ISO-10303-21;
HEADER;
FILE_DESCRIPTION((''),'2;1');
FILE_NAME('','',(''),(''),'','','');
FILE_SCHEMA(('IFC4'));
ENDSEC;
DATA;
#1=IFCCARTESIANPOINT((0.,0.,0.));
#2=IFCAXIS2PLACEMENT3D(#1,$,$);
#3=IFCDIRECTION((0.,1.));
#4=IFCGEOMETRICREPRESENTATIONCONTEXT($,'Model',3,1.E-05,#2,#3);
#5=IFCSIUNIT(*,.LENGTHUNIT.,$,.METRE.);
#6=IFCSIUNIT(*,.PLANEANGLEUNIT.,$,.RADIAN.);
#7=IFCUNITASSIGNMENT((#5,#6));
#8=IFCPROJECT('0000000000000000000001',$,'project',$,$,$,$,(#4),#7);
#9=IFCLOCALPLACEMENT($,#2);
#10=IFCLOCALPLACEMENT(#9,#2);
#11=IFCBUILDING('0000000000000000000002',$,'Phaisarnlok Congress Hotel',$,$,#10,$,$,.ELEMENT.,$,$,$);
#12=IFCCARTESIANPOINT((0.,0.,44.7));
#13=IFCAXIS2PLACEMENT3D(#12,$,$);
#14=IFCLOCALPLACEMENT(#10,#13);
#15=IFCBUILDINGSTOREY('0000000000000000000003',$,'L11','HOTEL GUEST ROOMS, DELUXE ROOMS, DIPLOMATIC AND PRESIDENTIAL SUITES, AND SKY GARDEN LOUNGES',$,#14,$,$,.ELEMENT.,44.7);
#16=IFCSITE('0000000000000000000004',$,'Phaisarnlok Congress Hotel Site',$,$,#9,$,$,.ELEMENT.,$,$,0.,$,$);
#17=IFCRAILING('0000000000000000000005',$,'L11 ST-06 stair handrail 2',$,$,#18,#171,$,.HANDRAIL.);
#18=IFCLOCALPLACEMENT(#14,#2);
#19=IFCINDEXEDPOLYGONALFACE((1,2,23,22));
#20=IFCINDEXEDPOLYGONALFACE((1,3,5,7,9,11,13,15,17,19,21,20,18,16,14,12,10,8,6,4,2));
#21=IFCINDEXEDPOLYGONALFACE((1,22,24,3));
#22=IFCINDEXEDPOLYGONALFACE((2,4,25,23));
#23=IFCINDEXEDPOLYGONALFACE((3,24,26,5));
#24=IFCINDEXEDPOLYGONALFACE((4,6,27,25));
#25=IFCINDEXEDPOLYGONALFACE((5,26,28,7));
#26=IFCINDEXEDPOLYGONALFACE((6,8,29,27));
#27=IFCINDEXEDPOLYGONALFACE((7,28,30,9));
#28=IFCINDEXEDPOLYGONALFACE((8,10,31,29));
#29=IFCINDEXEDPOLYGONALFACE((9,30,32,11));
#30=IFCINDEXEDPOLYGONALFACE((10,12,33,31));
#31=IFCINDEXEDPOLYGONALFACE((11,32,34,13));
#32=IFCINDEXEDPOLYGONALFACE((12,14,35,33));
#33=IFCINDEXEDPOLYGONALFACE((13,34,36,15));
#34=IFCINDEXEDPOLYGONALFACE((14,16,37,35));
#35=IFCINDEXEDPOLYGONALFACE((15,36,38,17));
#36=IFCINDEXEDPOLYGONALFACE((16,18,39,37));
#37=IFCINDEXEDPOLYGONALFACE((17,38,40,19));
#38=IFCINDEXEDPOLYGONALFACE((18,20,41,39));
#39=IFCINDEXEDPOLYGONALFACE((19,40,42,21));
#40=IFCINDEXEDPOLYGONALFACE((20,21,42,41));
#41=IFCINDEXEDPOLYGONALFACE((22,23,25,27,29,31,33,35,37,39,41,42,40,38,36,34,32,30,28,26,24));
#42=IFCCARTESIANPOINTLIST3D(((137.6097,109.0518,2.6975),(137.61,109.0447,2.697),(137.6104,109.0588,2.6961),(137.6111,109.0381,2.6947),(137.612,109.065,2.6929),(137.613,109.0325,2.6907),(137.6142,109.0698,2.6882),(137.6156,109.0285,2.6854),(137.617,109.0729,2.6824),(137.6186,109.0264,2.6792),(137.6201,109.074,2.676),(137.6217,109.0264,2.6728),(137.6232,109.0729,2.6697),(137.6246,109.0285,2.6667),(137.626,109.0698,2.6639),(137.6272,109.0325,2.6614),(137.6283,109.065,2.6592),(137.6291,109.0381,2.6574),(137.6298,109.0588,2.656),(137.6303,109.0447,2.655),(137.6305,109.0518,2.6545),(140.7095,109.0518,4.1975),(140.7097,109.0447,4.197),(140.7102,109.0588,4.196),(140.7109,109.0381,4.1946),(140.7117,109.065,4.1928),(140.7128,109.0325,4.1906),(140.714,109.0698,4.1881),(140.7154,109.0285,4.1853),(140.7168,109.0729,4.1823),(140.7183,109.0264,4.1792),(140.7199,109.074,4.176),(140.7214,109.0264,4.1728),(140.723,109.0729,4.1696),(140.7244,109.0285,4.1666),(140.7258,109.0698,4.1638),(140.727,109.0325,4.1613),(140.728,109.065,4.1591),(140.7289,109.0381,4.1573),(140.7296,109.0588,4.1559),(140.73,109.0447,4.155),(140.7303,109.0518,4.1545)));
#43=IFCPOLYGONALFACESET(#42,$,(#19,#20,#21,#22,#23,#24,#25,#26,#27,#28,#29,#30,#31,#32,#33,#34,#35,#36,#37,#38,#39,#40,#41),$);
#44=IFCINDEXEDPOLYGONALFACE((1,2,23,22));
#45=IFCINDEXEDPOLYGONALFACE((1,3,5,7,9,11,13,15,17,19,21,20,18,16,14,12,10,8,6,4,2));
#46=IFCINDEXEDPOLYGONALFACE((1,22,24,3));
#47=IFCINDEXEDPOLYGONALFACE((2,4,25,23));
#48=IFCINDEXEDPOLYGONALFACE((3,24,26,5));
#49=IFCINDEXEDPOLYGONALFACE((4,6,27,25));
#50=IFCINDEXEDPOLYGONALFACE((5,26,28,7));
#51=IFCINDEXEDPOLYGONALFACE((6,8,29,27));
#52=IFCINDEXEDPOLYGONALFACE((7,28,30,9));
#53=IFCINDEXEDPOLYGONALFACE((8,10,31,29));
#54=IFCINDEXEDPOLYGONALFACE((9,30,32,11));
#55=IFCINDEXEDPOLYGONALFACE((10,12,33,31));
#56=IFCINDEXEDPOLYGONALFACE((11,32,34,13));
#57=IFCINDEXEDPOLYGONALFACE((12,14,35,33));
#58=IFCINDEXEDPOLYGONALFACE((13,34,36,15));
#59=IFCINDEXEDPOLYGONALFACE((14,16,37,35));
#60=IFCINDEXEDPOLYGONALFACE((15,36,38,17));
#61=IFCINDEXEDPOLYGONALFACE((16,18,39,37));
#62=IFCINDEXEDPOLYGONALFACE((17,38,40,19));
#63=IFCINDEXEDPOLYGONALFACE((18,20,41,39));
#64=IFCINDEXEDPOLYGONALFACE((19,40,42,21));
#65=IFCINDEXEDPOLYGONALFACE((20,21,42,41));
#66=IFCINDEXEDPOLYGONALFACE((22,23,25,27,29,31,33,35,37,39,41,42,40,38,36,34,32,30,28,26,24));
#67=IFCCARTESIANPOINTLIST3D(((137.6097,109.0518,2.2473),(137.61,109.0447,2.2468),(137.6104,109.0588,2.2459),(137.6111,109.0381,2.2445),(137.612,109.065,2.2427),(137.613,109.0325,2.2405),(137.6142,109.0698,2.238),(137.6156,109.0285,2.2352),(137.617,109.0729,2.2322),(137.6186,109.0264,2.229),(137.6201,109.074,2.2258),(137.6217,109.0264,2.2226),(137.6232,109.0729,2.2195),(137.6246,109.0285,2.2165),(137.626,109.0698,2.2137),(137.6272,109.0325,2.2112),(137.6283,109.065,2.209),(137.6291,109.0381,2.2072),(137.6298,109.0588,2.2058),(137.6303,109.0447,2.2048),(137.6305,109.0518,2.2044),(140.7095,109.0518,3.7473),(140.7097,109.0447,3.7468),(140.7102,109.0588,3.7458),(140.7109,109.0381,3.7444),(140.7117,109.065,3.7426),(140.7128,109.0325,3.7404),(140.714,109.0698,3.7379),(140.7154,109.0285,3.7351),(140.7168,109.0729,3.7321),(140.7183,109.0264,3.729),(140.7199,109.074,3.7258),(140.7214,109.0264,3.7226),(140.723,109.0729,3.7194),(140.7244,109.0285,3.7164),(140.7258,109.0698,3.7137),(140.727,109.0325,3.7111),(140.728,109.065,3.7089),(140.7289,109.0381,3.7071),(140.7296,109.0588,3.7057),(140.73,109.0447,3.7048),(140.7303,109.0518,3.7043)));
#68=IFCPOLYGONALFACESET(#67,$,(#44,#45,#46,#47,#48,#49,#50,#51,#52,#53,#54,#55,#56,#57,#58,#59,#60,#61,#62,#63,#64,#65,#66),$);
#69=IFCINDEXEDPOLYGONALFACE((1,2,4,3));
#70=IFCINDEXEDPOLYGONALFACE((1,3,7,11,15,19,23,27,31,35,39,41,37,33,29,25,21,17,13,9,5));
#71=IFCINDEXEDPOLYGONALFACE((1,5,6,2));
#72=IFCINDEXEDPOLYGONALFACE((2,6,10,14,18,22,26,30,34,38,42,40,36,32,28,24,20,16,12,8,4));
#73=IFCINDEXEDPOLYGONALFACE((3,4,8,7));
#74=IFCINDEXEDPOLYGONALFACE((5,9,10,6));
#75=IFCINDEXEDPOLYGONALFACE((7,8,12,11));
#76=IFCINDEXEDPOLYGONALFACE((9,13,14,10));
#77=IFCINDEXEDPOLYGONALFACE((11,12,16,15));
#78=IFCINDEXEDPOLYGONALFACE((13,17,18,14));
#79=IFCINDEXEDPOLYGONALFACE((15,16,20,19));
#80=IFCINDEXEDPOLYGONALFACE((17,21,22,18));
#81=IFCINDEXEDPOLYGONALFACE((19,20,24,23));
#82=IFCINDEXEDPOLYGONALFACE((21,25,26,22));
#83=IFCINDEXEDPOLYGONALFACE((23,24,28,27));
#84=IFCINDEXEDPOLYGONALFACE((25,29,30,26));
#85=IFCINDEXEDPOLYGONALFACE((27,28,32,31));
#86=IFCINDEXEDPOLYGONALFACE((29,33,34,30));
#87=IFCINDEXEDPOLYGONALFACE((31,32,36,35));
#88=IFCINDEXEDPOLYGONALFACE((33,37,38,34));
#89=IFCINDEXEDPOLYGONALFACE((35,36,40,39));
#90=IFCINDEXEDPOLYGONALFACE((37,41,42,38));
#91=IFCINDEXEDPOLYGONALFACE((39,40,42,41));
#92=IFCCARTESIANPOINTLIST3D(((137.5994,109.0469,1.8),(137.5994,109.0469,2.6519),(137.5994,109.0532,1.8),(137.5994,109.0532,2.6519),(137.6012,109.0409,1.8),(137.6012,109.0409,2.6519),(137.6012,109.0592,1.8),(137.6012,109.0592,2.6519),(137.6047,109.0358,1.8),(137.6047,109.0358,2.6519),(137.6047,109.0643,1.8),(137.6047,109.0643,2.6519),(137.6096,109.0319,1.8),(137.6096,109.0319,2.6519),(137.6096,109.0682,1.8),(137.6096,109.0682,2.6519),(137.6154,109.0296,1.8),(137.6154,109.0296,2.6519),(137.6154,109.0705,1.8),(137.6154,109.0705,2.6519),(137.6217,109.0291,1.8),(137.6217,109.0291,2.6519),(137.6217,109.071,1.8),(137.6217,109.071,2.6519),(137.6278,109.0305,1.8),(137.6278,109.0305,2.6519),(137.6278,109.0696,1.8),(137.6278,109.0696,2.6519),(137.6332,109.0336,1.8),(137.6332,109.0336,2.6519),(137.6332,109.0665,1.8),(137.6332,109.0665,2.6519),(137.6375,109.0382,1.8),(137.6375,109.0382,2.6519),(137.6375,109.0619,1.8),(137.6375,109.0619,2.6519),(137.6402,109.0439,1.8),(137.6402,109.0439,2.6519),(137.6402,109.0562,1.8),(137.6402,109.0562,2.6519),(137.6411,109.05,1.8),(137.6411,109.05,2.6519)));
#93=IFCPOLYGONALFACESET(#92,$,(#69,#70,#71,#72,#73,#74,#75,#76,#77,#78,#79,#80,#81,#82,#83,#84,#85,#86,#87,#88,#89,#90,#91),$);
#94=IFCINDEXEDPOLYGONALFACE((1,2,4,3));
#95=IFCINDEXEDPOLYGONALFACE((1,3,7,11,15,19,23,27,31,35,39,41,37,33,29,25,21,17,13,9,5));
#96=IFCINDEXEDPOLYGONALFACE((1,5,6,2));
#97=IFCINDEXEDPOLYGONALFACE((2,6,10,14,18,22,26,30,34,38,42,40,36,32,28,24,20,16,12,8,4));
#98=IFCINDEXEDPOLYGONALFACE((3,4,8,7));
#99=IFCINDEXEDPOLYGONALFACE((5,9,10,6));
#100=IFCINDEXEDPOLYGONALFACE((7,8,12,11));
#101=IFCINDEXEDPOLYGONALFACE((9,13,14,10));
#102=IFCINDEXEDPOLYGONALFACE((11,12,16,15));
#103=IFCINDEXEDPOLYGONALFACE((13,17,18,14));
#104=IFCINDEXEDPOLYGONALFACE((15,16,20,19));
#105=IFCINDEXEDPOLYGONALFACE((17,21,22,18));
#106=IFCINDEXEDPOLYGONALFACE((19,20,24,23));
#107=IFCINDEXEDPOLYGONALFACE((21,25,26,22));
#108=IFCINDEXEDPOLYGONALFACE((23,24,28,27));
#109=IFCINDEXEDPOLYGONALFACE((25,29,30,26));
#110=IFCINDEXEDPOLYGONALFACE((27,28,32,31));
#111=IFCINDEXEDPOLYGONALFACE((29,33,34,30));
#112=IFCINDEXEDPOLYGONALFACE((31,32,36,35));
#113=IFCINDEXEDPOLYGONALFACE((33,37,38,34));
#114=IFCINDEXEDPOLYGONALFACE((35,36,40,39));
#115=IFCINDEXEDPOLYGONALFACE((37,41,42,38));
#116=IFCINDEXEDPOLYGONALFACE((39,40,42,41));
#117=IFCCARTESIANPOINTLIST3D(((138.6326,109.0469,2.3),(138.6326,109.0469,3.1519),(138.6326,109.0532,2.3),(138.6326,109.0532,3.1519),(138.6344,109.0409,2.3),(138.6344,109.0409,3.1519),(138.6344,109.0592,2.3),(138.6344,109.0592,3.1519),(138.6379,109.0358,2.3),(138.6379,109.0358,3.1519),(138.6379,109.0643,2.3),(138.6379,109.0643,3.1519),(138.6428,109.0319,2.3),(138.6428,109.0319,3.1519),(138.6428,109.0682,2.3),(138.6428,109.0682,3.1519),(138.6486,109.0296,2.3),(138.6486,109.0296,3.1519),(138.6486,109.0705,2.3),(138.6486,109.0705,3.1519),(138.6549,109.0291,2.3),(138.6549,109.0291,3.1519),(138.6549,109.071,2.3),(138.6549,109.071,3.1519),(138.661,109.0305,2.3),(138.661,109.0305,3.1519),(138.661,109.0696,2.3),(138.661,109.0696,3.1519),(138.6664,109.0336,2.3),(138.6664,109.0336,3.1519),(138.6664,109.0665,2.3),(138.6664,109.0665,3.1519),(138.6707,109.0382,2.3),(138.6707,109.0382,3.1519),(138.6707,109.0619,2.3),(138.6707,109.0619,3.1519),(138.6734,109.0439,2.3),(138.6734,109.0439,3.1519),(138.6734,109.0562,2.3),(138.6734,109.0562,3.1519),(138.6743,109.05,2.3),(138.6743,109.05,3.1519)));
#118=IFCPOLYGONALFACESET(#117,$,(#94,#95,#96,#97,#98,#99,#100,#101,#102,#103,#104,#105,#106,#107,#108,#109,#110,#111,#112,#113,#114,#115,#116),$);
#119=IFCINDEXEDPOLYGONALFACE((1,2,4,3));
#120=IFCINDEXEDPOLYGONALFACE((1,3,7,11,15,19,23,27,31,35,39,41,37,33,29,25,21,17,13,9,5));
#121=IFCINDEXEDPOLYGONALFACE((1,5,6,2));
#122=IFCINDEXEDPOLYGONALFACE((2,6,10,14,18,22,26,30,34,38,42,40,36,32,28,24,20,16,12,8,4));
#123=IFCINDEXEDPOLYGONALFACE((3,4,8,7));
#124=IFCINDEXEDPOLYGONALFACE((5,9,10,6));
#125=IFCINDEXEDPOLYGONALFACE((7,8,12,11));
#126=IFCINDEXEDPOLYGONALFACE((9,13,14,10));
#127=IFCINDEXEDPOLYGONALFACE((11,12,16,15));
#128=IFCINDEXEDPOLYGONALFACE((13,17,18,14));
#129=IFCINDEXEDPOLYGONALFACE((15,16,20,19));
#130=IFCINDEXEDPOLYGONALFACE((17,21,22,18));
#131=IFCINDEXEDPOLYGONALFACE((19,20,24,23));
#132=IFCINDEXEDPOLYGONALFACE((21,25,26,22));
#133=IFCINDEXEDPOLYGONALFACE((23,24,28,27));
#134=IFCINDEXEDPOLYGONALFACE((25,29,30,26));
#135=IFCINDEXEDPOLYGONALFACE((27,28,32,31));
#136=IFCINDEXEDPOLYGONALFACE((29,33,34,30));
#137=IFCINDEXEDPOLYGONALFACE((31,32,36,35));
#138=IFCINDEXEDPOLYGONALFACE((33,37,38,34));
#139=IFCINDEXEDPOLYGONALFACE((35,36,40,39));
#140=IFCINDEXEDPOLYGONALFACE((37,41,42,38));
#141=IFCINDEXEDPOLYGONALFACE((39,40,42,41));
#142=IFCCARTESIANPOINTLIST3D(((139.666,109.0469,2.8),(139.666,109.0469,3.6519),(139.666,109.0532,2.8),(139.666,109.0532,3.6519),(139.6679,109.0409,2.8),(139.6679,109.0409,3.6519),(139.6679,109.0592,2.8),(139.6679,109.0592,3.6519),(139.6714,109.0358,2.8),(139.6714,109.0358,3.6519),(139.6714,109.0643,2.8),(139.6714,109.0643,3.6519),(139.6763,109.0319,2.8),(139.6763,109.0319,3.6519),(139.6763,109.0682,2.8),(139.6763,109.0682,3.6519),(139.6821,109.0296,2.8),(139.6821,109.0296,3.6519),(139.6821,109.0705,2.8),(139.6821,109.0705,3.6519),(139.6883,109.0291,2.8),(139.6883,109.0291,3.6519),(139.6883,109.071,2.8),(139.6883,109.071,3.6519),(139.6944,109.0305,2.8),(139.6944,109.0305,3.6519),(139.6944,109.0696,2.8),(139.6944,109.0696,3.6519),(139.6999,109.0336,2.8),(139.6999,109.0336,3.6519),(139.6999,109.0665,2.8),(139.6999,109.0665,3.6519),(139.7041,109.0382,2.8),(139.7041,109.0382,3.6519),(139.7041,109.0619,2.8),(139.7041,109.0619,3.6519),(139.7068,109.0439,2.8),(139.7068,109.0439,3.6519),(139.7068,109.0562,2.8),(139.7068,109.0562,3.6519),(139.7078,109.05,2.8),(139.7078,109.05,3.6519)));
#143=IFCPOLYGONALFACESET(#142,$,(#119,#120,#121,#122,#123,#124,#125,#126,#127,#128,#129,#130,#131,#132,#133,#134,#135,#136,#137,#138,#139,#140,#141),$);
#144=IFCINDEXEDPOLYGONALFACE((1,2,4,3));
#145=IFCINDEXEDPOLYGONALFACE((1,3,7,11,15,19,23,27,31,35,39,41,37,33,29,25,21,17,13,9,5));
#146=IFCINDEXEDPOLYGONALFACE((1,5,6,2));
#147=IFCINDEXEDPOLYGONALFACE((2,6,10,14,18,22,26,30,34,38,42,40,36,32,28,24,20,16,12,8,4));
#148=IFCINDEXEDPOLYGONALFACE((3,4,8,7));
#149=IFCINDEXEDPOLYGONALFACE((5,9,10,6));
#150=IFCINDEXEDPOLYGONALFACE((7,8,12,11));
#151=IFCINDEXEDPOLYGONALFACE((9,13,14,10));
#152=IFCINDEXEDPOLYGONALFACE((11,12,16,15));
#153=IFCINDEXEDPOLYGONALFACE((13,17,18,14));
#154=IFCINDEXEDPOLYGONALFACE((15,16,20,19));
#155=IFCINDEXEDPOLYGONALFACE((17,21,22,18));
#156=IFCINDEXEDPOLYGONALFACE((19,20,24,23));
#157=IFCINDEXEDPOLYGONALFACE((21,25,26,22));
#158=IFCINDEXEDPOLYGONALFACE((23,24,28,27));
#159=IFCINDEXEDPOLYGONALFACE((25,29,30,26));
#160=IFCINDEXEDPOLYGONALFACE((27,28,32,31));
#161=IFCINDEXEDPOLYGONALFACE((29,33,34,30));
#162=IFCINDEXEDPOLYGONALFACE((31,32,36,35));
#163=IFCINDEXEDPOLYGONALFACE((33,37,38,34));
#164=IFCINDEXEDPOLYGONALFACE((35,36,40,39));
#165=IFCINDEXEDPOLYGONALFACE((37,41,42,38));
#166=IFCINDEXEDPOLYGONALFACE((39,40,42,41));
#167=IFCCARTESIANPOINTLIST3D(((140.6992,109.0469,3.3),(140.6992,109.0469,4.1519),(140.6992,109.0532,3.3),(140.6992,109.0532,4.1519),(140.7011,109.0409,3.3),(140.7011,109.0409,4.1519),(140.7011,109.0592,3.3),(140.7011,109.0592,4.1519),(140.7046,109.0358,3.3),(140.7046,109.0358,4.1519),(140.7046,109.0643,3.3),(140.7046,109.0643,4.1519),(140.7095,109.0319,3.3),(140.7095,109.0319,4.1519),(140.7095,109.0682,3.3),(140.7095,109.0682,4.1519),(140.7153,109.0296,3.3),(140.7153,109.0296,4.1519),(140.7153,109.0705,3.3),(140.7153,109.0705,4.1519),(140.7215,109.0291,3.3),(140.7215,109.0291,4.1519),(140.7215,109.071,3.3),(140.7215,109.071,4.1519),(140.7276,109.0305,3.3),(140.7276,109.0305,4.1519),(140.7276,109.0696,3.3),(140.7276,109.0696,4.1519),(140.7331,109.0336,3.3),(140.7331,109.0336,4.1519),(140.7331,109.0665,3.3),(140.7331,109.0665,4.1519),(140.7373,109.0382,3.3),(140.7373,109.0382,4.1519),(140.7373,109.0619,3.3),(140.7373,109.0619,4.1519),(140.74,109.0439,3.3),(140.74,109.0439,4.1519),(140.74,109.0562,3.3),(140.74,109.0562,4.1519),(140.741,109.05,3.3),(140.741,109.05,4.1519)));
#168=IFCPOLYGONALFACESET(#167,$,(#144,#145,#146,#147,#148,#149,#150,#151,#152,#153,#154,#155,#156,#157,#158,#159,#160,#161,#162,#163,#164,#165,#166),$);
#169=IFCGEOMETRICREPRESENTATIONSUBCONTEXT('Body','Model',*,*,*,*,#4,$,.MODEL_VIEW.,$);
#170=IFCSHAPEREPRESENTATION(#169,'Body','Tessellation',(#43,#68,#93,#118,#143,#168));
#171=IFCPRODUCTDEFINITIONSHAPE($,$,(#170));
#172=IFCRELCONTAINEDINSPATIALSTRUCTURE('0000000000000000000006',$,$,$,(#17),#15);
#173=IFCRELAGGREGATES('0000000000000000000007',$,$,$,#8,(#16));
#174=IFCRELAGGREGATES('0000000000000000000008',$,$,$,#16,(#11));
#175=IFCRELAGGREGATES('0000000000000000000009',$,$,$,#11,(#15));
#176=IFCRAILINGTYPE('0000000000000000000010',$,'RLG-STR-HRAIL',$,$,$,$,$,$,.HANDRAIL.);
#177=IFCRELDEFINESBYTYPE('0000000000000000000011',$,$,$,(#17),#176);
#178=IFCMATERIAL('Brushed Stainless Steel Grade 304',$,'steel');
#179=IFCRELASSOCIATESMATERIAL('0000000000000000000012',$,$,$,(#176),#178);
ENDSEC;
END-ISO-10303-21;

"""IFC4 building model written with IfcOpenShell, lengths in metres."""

from ifc_helpers import new_model, si_unit, direction, frame, origin, origin_2d, place, context, subcontext, project, spatial, circle, extrude, material, type_object, element, save


model = new_model("IFC4")

# Units and contexts
model_context = context("Model", 3, precision=1e-05, world=origin(), true_north=direction((0.0, 1.0)))
body_context = subcontext(model_context, "Body", "Model", "MODEL_VIEW")
ifc_project = project(units=[si_unit("LENGTHUNIT", "METRE"), si_unit("PLANEANGLEUNIT", "RADIAN")], contexts=[model_context])

# Site, building, storey
site_placement = place(None, origin())
site = spatial("IfcSite", under=ifc_project, at=site_placement, Name="Phaisarnlok Congress Hotel Site", CompositionType="ELEMENT", RefElevation=0.0)
building_placement = place(site_placement, origin())
building = spatial("IfcBuilding", under=site, at=building_placement, Name="Phaisarnlok Congress Hotel", CompositionType="ELEMENT")
storey_placement = place(building_placement, frame((0.0, 0.0, 44.7)))
storey = spatial("IfcBuildingStorey", under=building, at=storey_placement, Name="L11", Description="HOTEL GUEST ROOMS, DELUXE ROOMS, DIPLOMATIC AND PRESIDENTIAL SUITES, AND SKY GARDEN LOUNGES", CompositionType="ELEMENT", Elevation=44.7)

# Railing
ifc_material_1 = material(Name="Brushed Stainless Steel Grade 304", Category="steel")
railing_type_1 = type_object("IfcRailingType", Name="RLG-STR-HRAIL", PredefinedType="HANDRAIL", material=ifc_material_1)
railing_1_placement = place(storey_placement, frame((137.6201, 109.05, 1.8)))
element("IfcRailing", 1, at=railing_1_placement, inside=storey, type_object=railing_type_1, Name="L11 ST-06 stair handrail 2", PredefinedType="HANDRAIL", context=body_context, shape_type="SweptSolid", body=[
    extrude(circle(Radius=0.0239, at=origin_2d()), frame((0.0, 0.0, 0.876), z_axis=(0.900151, 0.0, 0.435578), x_axis=(0.0, 1.0, 0.0)), (0.0, 0.0, 1.0), 3.4436),
    extrude(circle(Radius=0.0239, at=origin_2d()), frame((0.0, 0.0, 0.4258), z_axis=(0.900151, 0.0, 0.435578), x_axis=(0.0, 1.0, 0.0)), (0.0, 0.0, 1.0), 3.4436),
    extrude(circle(Radius=0.021, at=origin_2d()), origin(), (0.0, 0.0, 1.0), 0.8518),
    extrude(circle(Radius=0.021, at=origin_2d()), frame((1.0332, 0.0, 0.5)), (0.0, 0.0, 1.0), 0.8518),
    extrude(circle(Radius=0.021, at=origin_2d()), frame((2.0667, 0.0, 1.0)), (0.0, 0.0, 1.0), 0.8518),
    extrude(circle(Radius=0.021, at=origin_2d()), frame((3.0999, 0.0, 1.5)), (0.0, 0.0, 1.0), 0.8518),
])

save(model, "model.ifc")
